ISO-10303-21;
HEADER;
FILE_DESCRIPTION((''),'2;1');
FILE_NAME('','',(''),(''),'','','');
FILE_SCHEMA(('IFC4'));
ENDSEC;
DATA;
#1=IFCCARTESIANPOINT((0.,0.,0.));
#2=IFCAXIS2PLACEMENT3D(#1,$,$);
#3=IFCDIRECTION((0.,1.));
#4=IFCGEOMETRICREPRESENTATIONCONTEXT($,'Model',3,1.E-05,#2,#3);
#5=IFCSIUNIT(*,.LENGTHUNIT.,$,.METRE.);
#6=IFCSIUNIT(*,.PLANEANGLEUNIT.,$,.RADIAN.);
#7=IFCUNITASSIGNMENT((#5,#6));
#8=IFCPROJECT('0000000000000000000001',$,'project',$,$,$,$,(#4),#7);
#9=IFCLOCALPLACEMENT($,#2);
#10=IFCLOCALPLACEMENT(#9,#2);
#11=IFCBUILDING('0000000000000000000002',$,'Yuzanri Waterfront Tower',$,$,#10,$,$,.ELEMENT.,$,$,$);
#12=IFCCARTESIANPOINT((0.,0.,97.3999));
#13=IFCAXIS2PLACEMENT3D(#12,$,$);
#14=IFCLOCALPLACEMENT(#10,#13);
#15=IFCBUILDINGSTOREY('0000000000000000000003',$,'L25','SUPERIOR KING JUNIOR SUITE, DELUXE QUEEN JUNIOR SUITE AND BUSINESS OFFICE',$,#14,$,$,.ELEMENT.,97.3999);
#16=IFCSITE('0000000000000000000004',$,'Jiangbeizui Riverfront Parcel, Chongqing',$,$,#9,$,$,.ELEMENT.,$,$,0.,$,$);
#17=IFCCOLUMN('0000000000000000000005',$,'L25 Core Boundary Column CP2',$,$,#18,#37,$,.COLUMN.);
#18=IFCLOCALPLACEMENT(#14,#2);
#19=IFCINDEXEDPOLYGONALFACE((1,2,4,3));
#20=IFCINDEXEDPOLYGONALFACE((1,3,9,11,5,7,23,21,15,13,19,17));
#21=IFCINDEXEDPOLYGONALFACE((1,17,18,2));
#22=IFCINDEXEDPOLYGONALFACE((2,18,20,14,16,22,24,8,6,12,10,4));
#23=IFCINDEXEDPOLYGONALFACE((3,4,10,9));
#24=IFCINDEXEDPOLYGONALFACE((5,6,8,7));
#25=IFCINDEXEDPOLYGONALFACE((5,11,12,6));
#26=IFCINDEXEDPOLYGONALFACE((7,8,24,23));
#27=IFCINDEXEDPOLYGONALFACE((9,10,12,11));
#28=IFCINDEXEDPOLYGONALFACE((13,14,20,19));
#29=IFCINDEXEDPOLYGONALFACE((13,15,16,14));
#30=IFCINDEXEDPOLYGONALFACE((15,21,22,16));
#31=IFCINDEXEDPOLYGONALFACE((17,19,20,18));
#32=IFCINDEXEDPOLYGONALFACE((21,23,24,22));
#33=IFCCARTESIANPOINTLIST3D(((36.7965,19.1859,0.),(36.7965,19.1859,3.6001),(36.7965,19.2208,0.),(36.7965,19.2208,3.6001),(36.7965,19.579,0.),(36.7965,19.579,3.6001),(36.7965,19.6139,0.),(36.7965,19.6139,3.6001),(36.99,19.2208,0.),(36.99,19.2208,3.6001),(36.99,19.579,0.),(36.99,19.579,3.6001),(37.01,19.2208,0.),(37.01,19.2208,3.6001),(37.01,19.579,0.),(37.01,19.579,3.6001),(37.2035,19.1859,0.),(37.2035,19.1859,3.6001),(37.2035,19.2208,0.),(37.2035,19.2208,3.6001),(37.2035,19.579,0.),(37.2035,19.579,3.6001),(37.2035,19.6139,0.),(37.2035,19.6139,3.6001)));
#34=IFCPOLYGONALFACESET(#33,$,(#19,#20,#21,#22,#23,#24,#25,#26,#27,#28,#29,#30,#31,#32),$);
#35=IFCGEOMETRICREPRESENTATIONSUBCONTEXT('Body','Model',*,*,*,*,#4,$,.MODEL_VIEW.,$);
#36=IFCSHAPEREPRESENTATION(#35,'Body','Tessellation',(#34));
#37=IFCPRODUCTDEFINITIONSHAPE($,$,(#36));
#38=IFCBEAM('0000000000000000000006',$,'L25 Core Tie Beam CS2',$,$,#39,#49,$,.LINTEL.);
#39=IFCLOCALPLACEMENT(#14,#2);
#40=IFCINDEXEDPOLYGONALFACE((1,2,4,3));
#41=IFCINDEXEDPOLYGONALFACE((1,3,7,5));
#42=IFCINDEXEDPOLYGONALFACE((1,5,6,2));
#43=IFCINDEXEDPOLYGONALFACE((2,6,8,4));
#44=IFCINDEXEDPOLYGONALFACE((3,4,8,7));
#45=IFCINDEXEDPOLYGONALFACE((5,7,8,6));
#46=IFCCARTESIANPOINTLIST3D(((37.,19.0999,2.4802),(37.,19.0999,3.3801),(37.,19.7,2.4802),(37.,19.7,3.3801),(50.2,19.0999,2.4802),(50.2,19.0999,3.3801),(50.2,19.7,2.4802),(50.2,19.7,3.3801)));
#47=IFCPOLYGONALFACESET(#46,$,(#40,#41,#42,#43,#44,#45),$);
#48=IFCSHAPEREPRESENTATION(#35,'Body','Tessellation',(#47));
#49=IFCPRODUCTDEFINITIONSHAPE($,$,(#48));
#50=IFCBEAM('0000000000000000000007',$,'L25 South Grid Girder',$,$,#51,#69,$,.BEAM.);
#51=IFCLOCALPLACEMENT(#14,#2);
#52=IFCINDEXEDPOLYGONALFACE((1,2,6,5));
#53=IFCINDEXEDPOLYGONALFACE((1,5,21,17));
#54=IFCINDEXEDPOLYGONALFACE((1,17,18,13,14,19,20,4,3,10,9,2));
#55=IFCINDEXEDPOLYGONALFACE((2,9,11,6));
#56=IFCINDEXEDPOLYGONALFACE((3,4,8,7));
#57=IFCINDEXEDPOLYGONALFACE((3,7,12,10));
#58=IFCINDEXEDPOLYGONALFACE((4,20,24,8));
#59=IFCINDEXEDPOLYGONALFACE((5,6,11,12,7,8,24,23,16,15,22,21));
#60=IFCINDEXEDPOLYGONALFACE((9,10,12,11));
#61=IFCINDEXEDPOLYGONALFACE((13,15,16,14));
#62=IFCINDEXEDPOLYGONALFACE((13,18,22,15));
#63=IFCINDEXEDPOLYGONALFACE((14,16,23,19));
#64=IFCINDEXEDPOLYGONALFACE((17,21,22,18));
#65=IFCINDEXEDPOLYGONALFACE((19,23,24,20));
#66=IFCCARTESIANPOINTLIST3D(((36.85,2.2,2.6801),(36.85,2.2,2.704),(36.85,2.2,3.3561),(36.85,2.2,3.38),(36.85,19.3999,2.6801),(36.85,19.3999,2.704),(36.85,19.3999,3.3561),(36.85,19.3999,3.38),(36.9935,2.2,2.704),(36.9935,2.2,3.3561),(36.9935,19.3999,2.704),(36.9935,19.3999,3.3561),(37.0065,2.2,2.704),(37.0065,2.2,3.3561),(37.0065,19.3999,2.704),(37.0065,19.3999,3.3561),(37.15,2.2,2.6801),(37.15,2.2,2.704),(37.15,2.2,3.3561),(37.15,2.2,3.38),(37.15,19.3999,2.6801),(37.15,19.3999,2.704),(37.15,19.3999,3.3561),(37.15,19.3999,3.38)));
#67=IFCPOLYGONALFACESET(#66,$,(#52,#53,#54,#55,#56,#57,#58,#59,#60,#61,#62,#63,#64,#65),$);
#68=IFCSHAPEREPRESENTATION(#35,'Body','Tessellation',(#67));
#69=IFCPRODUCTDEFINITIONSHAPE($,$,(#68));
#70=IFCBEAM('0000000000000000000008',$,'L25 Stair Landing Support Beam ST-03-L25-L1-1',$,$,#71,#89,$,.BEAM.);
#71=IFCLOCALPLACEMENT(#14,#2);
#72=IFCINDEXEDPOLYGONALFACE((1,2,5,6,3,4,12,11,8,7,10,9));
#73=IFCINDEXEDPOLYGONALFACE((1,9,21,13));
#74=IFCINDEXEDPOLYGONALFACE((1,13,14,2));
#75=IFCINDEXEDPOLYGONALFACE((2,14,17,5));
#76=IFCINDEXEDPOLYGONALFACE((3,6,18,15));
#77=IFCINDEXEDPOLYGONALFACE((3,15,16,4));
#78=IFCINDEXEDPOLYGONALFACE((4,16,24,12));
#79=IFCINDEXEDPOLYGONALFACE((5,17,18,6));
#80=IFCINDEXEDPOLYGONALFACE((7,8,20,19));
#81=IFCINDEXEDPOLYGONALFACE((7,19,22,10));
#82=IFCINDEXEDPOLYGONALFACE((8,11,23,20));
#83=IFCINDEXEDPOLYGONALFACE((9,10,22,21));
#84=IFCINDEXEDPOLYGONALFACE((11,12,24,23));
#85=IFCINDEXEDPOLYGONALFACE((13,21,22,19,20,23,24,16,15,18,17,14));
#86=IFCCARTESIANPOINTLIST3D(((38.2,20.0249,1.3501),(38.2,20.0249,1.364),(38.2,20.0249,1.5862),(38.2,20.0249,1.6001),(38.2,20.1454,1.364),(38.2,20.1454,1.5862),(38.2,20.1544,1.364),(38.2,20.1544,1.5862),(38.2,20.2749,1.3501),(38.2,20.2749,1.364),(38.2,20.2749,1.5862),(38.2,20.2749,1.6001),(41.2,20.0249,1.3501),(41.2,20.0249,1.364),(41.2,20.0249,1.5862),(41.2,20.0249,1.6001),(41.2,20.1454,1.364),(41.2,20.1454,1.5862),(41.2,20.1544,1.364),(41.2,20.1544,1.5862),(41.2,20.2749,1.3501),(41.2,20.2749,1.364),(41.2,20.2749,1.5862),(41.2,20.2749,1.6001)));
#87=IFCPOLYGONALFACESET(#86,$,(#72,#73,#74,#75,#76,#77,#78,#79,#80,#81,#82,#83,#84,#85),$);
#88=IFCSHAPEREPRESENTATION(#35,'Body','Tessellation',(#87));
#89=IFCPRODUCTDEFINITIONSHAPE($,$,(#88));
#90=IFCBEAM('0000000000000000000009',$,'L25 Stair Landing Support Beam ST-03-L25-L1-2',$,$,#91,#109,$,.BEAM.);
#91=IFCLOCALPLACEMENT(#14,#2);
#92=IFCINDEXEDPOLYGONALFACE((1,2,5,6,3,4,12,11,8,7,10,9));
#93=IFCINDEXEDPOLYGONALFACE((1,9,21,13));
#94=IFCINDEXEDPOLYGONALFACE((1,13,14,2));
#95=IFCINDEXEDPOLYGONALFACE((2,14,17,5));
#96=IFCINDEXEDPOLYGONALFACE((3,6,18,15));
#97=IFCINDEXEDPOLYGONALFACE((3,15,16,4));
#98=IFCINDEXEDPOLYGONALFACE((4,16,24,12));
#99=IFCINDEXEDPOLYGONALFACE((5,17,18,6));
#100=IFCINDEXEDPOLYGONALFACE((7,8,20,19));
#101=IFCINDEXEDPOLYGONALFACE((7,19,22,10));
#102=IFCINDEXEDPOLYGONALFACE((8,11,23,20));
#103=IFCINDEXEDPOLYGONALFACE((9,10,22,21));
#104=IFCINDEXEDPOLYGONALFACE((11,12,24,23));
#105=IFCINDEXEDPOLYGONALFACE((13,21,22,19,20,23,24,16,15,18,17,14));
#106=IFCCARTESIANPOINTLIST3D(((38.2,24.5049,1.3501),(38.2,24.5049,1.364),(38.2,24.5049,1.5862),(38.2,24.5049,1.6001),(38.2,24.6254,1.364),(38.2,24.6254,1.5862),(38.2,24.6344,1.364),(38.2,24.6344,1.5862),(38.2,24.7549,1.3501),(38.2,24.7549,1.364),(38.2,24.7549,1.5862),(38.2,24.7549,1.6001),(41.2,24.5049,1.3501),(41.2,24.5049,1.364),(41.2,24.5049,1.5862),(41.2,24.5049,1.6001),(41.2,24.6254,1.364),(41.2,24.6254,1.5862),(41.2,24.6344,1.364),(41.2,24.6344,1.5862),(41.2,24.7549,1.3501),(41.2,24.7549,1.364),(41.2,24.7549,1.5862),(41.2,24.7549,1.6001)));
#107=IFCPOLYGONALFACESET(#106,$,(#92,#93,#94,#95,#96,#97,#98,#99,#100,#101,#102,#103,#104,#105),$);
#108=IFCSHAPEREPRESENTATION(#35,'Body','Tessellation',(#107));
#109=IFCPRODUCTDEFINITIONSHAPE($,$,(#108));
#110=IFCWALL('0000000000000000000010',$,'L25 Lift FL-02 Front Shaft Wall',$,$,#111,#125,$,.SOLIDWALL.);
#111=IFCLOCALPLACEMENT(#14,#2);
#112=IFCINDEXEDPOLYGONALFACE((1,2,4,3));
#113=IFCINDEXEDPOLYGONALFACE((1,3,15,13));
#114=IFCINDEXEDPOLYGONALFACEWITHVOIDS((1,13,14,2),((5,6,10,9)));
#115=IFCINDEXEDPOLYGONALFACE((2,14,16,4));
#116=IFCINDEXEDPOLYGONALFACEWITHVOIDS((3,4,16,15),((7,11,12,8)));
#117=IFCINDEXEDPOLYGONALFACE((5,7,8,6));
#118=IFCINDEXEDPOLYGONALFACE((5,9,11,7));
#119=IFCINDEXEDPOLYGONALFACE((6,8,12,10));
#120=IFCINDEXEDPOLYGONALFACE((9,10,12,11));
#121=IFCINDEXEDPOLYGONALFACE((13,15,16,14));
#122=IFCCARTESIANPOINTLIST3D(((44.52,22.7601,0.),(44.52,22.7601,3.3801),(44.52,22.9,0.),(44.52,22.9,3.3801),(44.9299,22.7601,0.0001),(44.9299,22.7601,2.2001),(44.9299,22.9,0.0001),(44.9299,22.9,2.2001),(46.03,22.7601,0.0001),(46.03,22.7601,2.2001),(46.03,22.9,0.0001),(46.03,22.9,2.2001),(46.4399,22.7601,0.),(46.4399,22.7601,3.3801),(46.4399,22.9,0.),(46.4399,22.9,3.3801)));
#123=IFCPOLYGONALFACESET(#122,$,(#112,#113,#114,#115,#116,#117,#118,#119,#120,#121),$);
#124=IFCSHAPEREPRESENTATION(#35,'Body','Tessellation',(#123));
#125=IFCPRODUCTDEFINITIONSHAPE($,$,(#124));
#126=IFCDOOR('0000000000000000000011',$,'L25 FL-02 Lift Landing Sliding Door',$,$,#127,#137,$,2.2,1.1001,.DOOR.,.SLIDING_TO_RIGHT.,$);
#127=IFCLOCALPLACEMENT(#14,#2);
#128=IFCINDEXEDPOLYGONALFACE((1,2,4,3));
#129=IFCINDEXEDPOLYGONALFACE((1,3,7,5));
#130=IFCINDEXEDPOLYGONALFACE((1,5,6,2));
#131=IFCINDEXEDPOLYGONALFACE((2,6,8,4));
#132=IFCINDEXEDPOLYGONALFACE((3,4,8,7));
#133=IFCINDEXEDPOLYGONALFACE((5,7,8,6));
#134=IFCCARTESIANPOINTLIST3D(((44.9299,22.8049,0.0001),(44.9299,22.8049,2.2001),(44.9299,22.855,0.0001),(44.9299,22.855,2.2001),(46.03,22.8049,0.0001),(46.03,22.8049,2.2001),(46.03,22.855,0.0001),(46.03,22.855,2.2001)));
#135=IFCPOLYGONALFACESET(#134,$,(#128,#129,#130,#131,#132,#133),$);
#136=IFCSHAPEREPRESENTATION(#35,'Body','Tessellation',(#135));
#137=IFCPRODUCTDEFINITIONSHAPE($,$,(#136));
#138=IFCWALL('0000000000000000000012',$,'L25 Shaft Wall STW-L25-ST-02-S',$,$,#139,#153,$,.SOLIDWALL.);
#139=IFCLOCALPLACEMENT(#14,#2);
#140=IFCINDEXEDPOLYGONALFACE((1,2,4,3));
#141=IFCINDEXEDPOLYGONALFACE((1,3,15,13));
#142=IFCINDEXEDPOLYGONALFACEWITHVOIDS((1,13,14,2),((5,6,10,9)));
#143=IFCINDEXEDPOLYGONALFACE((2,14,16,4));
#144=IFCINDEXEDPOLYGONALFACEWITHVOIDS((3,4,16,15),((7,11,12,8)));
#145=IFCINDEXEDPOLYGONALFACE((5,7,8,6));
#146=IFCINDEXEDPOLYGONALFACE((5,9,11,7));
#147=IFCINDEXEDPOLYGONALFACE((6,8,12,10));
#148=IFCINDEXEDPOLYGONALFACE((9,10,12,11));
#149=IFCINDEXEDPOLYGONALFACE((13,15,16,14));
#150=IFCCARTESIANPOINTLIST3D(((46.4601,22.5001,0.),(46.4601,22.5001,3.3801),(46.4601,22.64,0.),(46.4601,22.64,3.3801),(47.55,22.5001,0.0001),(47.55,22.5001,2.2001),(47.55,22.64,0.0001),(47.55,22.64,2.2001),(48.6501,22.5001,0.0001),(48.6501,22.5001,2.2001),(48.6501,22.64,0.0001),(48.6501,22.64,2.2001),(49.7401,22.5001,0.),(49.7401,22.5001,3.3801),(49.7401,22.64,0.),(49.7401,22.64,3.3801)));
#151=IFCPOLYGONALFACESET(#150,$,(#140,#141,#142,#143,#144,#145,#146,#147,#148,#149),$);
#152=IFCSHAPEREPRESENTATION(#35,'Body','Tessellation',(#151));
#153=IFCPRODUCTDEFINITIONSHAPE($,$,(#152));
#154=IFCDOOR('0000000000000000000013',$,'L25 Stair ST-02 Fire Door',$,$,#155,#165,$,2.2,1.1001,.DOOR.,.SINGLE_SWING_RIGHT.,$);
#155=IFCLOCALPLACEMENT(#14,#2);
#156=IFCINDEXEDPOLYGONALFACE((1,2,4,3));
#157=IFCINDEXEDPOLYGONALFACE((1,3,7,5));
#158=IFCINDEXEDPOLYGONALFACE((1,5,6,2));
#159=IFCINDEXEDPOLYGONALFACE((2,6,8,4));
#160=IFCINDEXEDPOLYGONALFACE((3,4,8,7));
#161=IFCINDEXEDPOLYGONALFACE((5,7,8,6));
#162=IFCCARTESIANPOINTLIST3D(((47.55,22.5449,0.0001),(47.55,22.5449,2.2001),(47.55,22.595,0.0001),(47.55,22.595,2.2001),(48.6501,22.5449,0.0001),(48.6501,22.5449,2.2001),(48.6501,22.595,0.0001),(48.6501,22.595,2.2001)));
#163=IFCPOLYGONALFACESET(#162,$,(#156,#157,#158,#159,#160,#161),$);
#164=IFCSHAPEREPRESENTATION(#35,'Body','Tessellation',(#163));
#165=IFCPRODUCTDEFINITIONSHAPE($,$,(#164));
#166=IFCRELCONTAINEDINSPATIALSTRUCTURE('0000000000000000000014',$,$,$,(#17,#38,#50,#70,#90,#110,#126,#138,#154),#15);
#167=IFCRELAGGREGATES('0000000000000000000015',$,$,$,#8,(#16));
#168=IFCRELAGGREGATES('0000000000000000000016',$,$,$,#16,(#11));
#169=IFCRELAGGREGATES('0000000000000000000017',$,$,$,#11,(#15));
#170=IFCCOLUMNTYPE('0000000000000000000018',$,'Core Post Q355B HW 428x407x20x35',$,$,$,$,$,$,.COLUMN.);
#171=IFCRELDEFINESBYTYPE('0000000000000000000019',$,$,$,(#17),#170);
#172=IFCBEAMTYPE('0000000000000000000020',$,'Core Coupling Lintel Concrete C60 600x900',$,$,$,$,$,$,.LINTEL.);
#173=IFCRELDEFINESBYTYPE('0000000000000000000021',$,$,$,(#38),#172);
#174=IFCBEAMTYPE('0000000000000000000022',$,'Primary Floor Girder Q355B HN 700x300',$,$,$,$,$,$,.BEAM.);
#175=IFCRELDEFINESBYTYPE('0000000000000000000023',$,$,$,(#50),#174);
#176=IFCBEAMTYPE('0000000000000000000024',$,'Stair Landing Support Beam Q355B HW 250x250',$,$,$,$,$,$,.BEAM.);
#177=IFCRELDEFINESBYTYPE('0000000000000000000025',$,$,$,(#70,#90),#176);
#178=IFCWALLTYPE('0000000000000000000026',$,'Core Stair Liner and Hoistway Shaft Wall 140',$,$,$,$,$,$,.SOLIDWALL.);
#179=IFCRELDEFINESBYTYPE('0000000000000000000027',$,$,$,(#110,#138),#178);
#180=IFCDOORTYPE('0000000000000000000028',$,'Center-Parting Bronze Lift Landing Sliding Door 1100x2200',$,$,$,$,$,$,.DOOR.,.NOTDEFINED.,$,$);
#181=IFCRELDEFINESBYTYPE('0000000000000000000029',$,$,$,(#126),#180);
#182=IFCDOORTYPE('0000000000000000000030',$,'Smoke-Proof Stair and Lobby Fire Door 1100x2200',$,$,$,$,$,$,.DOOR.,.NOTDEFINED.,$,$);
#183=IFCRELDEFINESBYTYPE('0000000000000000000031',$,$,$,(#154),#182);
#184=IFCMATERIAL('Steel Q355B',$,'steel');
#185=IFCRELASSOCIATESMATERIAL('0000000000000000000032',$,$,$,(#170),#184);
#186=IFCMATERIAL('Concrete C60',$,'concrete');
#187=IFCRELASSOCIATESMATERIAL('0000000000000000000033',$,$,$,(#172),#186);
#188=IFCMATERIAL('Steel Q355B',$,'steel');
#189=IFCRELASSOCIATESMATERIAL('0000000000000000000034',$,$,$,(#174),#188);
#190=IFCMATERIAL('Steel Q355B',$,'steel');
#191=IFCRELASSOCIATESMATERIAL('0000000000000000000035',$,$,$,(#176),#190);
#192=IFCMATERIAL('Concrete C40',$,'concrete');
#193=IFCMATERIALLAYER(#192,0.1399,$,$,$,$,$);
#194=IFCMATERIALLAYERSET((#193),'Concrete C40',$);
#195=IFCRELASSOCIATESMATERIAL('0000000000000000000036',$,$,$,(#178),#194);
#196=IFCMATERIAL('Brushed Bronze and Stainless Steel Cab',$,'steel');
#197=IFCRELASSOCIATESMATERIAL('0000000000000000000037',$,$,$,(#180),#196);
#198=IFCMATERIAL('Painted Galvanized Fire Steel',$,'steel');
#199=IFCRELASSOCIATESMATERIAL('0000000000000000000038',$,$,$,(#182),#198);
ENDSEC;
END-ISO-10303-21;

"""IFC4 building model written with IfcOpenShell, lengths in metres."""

from ifc_helpers import new_model, si_unit, direction, frame, frame_2d, origin, origin_2d, place, context, subcontext, project, spatial, rectangle, i_section, extrude, source, transform, mapped, material, layer, layer_set, material_profile, profile_set, type_object, element, fill, save


model = new_model("IFC4")

# Units and contexts
model_context = context("Model", 3, precision=1e-05, world=origin(), true_north=direction((0.0, 1.0)))
body_context = subcontext(model_context, "Body", "Model", "MODEL_VIEW")
ifc_project = project(units=[si_unit("LENGTHUNIT", "METRE"), si_unit("PLANEANGLEUNIT", "RADIAN")], contexts=[model_context])

# Site, building, storey
site_placement = place(None, origin())
site = spatial("IfcSite", under=ifc_project, at=site_placement, Name="Jiangbeizui Riverfront Parcel, Chongqing", CompositionType="ELEMENT", RefElevation=0.0)
building_placement = place(site_placement, origin())
building = spatial("IfcBuilding", under=site, at=building_placement, Name="Yuzanri Waterfront Tower", CompositionType="ELEMENT")
storey_placement = place(building_placement, frame((0.0, 0.0, 97.3999)))
storey = spatial("IfcBuildingStorey", under=building, at=storey_placement, Name="L25", Description="SUPERIOR KING JUNIOR SUITE, DELUXE QUEEN JUNIOR SUITE AND BUSINESS OFFICE", CompositionType="ELEMENT", Elevation=97.3999)

# Column
ifc_material_1 = material(Name="Steel Q355B", Category="steel")
ifc_material_profile_1 = material_profile(ifc_material_1, i_section(OverallWidth=0.407, OverallDepth=0.428, WebThickness=0.02, FlangeThickness=0.0349, at=origin_2d()), Name="HW 428x407x20x35")
ifc_profile_set_1 = profile_set([ifc_material_profile_1], Name="Steel Q355B")
column_type = type_object("IfcColumnType", Name="Core Post Q355B HW 428x407x20x35", PredefinedType="COLUMN", material=ifc_profile_set_1)
shared_shape_1 = source(origin(), body_context, "Body", "SweptSolid", [
    extrude(i_section(OverallWidth=0.407, OverallDepth=0.428, WebThickness=0.02, FlangeThickness=0.0349, at=origin_2d()), origin(), (0.0, 0.0, 1.0), 3.6001),
])
column_placement = place(storey_placement, frame((37.0, 19.3999, 0.0), z_axis=(0.0, 0.0, 1.0), x_axis=(1.0, 0.0, 0.0)))
element("IfcColumn", 1, at=column_placement, inside=storey, type_object=column_type, Name="L25 Core Boundary Column CP2", PredefinedType="COLUMN", context=body_context, shape_type="MappedRepresentation", body=[
    mapped(shared_shape_1, transform((0.0, 0.0, 0.0), scale=1.0)),
])

# Beams
ifc_material_2 = material(Name="Concrete C60", Category="concrete")
ifc_material_profile_2 = material_profile(ifc_material_2, rectangle(XDim=0.6001, YDim=0.8999, at=origin_2d()), Name="RC 600x900")
ifc_profile_set_2 = profile_set([ifc_material_profile_2], Name="Concrete C60")
beam_type_1 = type_object("IfcBeamType", Name="Core Coupling Lintel Concrete C60 600x900", PredefinedType="LINTEL", material=ifc_profile_set_2)
shared_shape_2 = source(origin(), body_context, "Body", "SweptSolid", [
    extrude(rectangle(XDim=0.6001, YDim=0.8999, at=origin_2d()), origin(), (0.0, 0.0, 1.0), 13.2),
])
beam_1_placement = place(storey_placement, frame((37.0, 19.3999, 2.9302), z_axis=(1.0, 0.0, 0.0), x_axis=(0.0, 1.0, 0.0)))
element("IfcBeam", 2, at=beam_1_placement, inside=storey, type_object=beam_type_1, Name="L25 Core Tie Beam CS2", PredefinedType="LINTEL", context=body_context, shape_type="MappedRepresentation", body=[
    mapped(shared_shape_2, transform((0.0, 0.0, 0.0), scale=1.0)),
])
ifc_material_3 = material(Name="Steel Q355B", Category="steel")
ifc_material_profile_3 = material_profile(ifc_material_3, i_section(OverallWidth=0.3, OverallDepth=0.7, WebThickness=0.0129, FlangeThickness=0.0239, at=origin_2d()), Name="HN 700x300x13x24")
ifc_profile_set_3 = profile_set([ifc_material_profile_3], Name="Steel Q355B")
beam_type_2 = type_object("IfcBeamType", Name="Primary Floor Girder Q355B HN 700x300", PredefinedType="BEAM", material=ifc_profile_set_3)
shared_shape_3 = source(origin(), body_context, "Body", "SweptSolid", [
    extrude(i_section(OverallWidth=0.3, OverallDepth=0.7, WebThickness=0.0129, FlangeThickness=0.0239, at=origin_2d()), origin(), (0.0, 0.0, 1.0), 17.2),
])
beam_2_placement = place(storey_placement, frame((37.0, 19.3999, 3.03), z_axis=(0.0, -1.0, 0.0), x_axis=(1.0, 0.0, 0.0)))
element("IfcBeam", 3, at=beam_2_placement, inside=storey, type_object=beam_type_2, Name="L25 South Grid Girder", PredefinedType="BEAM", context=body_context, shape_type="MappedRepresentation", body=[
    mapped(shared_shape_3, transform((0.0, 0.0, 0.0), scale=1.0)),
])
ifc_material_4 = material(Name="Steel Q355B", Category="steel")
ifc_material_profile_4 = material_profile(ifc_material_4, i_section(OverallWidth=0.25, OverallDepth=0.25, WebThickness=0.009, FlangeThickness=0.0139, at=origin_2d()), Name="HW 250x250x9x14")
ifc_profile_set_4 = profile_set([ifc_material_profile_4], Name="Steel Q355B")
beam_type_3 = type_object("IfcBeamType", Name="Stair Landing Support Beam Q355B HW 250x250", PredefinedType="BEAM", material=ifc_profile_set_4)
shared_shape_4 = source(origin(), body_context, "Body", "SweptSolid", [
    extrude(i_section(OverallWidth=0.25, OverallDepth=0.25, WebThickness=0.009, FlangeThickness=0.0139, at=origin_2d()), origin(), (0.0, 0.0, 1.0), 3.0),
])
for number, where, z_axis, x_axis, name in (
    (4, (38.2, 20.1499, 1.4751), (1.0, 0.0, 0.0), (0.0, 1.0, 0.0), "L25 Stair Landing Support Beam ST-03-L25-L1-1"),
    (5, (38.2, 24.6299, 1.4751), (1.0, 0.0, 0.0), (0.0, 1.0, 0.0), "L25 Stair Landing Support Beam ST-03-L25-L1-2"),
):
    element("IfcBeam", number, at=place(storey_placement, frame(where, z_axis=z_axis, x_axis=x_axis)), inside=storey, type_object=beam_type_3, Name=name, PredefinedType="BEAM", context=body_context, shape_type="MappedRepresentation", body=[
        mapped(shared_shape_4, transform((0.0, 0.0, 0.0), scale=1.0)),
    ])

# Walls, openings, doors
ifc_material_5 = material(Name="Concrete C40", Category="concrete")
ifc_layer_1 = layer(ifc_material_5, 0.1399)
ifc_layer_set_1 = layer_set([ifc_layer_1], Name="Concrete C40")
wall_type_1 = type_object("IfcWallType", Name="Core Stair Liner and Hoistway Shaft Wall 140", PredefinedType="SOLIDWALL", material=ifc_layer_set_1)
wall_1_placement = place(storey_placement, frame((44.52, 22.8301, 0.0), z_axis=(0.0, 0.0, 1.0), x_axis=(1.0, 0.0, 0.0)))
wall_1 = element("IfcWall", 6, at=wall_1_placement, inside=storey, type_object=wall_type_1, Name="L25 Lift FL-02 Front Shaft Wall", PredefinedType="SOLIDWALL", context=body_context, shape_type="SweptSolid", body=[
    extrude(rectangle(XDim=1.9199, YDim=0.1399, at=frame_2d((0.96, 0.0))), origin(), (0.0, 0.0, 1.0), 3.3801),
])
opening_1_placement = place(wall_1_placement, frame((0.4099, 0.0, 0.0)))
opening_1 = element("IfcOpeningElement", 7, at=opening_1_placement, cuts=wall_1, PredefinedType="OPENING", context=body_context, shape_type="SweptSolid", body=[
    extrude(rectangle(XDim=1.1001, YDim=2.2, at=frame_2d((0.55, 1.1001))), frame((0.0, 0.085, 0.0), z_axis=(0.0, -1.0, 0.0), x_axis=(1.0, 0.0, 0.0)), (0.0, 0.0, 1.0), 0.1697),
])
ifc_material_6 = material(Name="Brushed Bronze and Stainless Steel Cab", Category="steel")
door_type_1 = type_object("IfcDoorType", Name="Center-Parting Bronze Lift Landing Sliding Door 1100x2200", OperationType="NOTDEFINED", PredefinedType="DOOR", material=ifc_material_6)
shared_shape_5 = source(origin(), body_context, "Body", "SweptSolid", [
    extrude(rectangle(XDim=1.1001, YDim=2.2, at=frame_2d((0.55, 1.1001))), frame((0.0, 0.0249, 0.0), z_axis=(0.0, -1.0, 0.0), x_axis=(1.0, 0.0, 0.0)), (0.0, 0.0, 1.0), 0.05),
])
door_1_placement = place(opening_1_placement, origin())
door_1 = element("IfcDoor", 8, at=door_1_placement, inside=storey, type_object=door_type_1, Name="L25 FL-02 Lift Landing Sliding Door", OperationType="SLIDING_TO_RIGHT", OverallHeight=2.2, OverallWidth=1.1001, PredefinedType="DOOR", context=body_context, shape_type="MappedRepresentation", body=[
    mapped(shared_shape_5, transform((0.0, 0.0, 0.0), scale=1.0)),
])
fill(opening_1, door_1)
wall_2_placement = place(storey_placement, frame((46.46, 22.5701, 0.0), z_axis=(0.0, 0.0, 1.0), x_axis=(1.0, 0.0, 0.0)))
wall_2 = element("IfcWall", 9, at=wall_2_placement, inside=storey, type_object=wall_type_1, Name="L25 Shaft Wall STW-L25-ST-02-S", PredefinedType="SOLIDWALL", context=body_context, shape_type="SweptSolid", body=[
    extrude(rectangle(XDim=3.28, YDim=0.1399, at=frame_2d((1.6401, 0.0))), origin(), (0.0, 0.0, 1.0), 3.3801),
])
opening_2_placement = place(wall_2_placement, frame((1.0901, 0.0, 0.0)))
opening_2 = element("IfcOpeningElement", 10, at=opening_2_placement, cuts=wall_2, PredefinedType="OPENING", context=body_context, shape_type="SweptSolid", body=[
    extrude(rectangle(XDim=1.1001, YDim=2.2, at=frame_2d((0.55, 1.1001))), frame((0.0, 0.085, 0.0), z_axis=(0.0, -1.0, 0.0), x_axis=(1.0, 0.0, 0.0)), (0.0, 0.0, 1.0), 0.1697),
])
ifc_material_7 = material(Name="Painted Galvanized Fire Steel", Category="steel")
door_type_2 = type_object("IfcDoorType", Name="Smoke-Proof Stair and Lobby Fire Door 1100x2200", OperationType="NOTDEFINED", PredefinedType="DOOR", material=ifc_material_7)
shared_shape_6 = source(origin(), body_context, "Body", "SweptSolid", [
    extrude(rectangle(XDim=1.1001, YDim=2.2, at=frame_2d((0.55, 1.1001))), frame((0.0, 0.0249, 0.0), z_axis=(0.0, -1.0, 0.0), x_axis=(1.0, 0.0, 0.0)), (0.0, 0.0, 1.0), 0.05),
])
door_2_placement = place(opening_2_placement, origin())
door_2 = element("IfcDoor", 11, at=door_2_placement, inside=storey, type_object=door_type_2, Name="L25 Stair ST-02 Fire Door", OperationType="SINGLE_SWING_RIGHT", OverallHeight=2.2, OverallWidth=1.1001, PredefinedType="DOOR", context=body_context, shape_type="MappedRepresentation", body=[
    mapped(shared_shape_6, transform((0.0, 0.0, 0.0), scale=1.0)),
])
fill(opening_2, door_2)

save(model, "model.ifc")
